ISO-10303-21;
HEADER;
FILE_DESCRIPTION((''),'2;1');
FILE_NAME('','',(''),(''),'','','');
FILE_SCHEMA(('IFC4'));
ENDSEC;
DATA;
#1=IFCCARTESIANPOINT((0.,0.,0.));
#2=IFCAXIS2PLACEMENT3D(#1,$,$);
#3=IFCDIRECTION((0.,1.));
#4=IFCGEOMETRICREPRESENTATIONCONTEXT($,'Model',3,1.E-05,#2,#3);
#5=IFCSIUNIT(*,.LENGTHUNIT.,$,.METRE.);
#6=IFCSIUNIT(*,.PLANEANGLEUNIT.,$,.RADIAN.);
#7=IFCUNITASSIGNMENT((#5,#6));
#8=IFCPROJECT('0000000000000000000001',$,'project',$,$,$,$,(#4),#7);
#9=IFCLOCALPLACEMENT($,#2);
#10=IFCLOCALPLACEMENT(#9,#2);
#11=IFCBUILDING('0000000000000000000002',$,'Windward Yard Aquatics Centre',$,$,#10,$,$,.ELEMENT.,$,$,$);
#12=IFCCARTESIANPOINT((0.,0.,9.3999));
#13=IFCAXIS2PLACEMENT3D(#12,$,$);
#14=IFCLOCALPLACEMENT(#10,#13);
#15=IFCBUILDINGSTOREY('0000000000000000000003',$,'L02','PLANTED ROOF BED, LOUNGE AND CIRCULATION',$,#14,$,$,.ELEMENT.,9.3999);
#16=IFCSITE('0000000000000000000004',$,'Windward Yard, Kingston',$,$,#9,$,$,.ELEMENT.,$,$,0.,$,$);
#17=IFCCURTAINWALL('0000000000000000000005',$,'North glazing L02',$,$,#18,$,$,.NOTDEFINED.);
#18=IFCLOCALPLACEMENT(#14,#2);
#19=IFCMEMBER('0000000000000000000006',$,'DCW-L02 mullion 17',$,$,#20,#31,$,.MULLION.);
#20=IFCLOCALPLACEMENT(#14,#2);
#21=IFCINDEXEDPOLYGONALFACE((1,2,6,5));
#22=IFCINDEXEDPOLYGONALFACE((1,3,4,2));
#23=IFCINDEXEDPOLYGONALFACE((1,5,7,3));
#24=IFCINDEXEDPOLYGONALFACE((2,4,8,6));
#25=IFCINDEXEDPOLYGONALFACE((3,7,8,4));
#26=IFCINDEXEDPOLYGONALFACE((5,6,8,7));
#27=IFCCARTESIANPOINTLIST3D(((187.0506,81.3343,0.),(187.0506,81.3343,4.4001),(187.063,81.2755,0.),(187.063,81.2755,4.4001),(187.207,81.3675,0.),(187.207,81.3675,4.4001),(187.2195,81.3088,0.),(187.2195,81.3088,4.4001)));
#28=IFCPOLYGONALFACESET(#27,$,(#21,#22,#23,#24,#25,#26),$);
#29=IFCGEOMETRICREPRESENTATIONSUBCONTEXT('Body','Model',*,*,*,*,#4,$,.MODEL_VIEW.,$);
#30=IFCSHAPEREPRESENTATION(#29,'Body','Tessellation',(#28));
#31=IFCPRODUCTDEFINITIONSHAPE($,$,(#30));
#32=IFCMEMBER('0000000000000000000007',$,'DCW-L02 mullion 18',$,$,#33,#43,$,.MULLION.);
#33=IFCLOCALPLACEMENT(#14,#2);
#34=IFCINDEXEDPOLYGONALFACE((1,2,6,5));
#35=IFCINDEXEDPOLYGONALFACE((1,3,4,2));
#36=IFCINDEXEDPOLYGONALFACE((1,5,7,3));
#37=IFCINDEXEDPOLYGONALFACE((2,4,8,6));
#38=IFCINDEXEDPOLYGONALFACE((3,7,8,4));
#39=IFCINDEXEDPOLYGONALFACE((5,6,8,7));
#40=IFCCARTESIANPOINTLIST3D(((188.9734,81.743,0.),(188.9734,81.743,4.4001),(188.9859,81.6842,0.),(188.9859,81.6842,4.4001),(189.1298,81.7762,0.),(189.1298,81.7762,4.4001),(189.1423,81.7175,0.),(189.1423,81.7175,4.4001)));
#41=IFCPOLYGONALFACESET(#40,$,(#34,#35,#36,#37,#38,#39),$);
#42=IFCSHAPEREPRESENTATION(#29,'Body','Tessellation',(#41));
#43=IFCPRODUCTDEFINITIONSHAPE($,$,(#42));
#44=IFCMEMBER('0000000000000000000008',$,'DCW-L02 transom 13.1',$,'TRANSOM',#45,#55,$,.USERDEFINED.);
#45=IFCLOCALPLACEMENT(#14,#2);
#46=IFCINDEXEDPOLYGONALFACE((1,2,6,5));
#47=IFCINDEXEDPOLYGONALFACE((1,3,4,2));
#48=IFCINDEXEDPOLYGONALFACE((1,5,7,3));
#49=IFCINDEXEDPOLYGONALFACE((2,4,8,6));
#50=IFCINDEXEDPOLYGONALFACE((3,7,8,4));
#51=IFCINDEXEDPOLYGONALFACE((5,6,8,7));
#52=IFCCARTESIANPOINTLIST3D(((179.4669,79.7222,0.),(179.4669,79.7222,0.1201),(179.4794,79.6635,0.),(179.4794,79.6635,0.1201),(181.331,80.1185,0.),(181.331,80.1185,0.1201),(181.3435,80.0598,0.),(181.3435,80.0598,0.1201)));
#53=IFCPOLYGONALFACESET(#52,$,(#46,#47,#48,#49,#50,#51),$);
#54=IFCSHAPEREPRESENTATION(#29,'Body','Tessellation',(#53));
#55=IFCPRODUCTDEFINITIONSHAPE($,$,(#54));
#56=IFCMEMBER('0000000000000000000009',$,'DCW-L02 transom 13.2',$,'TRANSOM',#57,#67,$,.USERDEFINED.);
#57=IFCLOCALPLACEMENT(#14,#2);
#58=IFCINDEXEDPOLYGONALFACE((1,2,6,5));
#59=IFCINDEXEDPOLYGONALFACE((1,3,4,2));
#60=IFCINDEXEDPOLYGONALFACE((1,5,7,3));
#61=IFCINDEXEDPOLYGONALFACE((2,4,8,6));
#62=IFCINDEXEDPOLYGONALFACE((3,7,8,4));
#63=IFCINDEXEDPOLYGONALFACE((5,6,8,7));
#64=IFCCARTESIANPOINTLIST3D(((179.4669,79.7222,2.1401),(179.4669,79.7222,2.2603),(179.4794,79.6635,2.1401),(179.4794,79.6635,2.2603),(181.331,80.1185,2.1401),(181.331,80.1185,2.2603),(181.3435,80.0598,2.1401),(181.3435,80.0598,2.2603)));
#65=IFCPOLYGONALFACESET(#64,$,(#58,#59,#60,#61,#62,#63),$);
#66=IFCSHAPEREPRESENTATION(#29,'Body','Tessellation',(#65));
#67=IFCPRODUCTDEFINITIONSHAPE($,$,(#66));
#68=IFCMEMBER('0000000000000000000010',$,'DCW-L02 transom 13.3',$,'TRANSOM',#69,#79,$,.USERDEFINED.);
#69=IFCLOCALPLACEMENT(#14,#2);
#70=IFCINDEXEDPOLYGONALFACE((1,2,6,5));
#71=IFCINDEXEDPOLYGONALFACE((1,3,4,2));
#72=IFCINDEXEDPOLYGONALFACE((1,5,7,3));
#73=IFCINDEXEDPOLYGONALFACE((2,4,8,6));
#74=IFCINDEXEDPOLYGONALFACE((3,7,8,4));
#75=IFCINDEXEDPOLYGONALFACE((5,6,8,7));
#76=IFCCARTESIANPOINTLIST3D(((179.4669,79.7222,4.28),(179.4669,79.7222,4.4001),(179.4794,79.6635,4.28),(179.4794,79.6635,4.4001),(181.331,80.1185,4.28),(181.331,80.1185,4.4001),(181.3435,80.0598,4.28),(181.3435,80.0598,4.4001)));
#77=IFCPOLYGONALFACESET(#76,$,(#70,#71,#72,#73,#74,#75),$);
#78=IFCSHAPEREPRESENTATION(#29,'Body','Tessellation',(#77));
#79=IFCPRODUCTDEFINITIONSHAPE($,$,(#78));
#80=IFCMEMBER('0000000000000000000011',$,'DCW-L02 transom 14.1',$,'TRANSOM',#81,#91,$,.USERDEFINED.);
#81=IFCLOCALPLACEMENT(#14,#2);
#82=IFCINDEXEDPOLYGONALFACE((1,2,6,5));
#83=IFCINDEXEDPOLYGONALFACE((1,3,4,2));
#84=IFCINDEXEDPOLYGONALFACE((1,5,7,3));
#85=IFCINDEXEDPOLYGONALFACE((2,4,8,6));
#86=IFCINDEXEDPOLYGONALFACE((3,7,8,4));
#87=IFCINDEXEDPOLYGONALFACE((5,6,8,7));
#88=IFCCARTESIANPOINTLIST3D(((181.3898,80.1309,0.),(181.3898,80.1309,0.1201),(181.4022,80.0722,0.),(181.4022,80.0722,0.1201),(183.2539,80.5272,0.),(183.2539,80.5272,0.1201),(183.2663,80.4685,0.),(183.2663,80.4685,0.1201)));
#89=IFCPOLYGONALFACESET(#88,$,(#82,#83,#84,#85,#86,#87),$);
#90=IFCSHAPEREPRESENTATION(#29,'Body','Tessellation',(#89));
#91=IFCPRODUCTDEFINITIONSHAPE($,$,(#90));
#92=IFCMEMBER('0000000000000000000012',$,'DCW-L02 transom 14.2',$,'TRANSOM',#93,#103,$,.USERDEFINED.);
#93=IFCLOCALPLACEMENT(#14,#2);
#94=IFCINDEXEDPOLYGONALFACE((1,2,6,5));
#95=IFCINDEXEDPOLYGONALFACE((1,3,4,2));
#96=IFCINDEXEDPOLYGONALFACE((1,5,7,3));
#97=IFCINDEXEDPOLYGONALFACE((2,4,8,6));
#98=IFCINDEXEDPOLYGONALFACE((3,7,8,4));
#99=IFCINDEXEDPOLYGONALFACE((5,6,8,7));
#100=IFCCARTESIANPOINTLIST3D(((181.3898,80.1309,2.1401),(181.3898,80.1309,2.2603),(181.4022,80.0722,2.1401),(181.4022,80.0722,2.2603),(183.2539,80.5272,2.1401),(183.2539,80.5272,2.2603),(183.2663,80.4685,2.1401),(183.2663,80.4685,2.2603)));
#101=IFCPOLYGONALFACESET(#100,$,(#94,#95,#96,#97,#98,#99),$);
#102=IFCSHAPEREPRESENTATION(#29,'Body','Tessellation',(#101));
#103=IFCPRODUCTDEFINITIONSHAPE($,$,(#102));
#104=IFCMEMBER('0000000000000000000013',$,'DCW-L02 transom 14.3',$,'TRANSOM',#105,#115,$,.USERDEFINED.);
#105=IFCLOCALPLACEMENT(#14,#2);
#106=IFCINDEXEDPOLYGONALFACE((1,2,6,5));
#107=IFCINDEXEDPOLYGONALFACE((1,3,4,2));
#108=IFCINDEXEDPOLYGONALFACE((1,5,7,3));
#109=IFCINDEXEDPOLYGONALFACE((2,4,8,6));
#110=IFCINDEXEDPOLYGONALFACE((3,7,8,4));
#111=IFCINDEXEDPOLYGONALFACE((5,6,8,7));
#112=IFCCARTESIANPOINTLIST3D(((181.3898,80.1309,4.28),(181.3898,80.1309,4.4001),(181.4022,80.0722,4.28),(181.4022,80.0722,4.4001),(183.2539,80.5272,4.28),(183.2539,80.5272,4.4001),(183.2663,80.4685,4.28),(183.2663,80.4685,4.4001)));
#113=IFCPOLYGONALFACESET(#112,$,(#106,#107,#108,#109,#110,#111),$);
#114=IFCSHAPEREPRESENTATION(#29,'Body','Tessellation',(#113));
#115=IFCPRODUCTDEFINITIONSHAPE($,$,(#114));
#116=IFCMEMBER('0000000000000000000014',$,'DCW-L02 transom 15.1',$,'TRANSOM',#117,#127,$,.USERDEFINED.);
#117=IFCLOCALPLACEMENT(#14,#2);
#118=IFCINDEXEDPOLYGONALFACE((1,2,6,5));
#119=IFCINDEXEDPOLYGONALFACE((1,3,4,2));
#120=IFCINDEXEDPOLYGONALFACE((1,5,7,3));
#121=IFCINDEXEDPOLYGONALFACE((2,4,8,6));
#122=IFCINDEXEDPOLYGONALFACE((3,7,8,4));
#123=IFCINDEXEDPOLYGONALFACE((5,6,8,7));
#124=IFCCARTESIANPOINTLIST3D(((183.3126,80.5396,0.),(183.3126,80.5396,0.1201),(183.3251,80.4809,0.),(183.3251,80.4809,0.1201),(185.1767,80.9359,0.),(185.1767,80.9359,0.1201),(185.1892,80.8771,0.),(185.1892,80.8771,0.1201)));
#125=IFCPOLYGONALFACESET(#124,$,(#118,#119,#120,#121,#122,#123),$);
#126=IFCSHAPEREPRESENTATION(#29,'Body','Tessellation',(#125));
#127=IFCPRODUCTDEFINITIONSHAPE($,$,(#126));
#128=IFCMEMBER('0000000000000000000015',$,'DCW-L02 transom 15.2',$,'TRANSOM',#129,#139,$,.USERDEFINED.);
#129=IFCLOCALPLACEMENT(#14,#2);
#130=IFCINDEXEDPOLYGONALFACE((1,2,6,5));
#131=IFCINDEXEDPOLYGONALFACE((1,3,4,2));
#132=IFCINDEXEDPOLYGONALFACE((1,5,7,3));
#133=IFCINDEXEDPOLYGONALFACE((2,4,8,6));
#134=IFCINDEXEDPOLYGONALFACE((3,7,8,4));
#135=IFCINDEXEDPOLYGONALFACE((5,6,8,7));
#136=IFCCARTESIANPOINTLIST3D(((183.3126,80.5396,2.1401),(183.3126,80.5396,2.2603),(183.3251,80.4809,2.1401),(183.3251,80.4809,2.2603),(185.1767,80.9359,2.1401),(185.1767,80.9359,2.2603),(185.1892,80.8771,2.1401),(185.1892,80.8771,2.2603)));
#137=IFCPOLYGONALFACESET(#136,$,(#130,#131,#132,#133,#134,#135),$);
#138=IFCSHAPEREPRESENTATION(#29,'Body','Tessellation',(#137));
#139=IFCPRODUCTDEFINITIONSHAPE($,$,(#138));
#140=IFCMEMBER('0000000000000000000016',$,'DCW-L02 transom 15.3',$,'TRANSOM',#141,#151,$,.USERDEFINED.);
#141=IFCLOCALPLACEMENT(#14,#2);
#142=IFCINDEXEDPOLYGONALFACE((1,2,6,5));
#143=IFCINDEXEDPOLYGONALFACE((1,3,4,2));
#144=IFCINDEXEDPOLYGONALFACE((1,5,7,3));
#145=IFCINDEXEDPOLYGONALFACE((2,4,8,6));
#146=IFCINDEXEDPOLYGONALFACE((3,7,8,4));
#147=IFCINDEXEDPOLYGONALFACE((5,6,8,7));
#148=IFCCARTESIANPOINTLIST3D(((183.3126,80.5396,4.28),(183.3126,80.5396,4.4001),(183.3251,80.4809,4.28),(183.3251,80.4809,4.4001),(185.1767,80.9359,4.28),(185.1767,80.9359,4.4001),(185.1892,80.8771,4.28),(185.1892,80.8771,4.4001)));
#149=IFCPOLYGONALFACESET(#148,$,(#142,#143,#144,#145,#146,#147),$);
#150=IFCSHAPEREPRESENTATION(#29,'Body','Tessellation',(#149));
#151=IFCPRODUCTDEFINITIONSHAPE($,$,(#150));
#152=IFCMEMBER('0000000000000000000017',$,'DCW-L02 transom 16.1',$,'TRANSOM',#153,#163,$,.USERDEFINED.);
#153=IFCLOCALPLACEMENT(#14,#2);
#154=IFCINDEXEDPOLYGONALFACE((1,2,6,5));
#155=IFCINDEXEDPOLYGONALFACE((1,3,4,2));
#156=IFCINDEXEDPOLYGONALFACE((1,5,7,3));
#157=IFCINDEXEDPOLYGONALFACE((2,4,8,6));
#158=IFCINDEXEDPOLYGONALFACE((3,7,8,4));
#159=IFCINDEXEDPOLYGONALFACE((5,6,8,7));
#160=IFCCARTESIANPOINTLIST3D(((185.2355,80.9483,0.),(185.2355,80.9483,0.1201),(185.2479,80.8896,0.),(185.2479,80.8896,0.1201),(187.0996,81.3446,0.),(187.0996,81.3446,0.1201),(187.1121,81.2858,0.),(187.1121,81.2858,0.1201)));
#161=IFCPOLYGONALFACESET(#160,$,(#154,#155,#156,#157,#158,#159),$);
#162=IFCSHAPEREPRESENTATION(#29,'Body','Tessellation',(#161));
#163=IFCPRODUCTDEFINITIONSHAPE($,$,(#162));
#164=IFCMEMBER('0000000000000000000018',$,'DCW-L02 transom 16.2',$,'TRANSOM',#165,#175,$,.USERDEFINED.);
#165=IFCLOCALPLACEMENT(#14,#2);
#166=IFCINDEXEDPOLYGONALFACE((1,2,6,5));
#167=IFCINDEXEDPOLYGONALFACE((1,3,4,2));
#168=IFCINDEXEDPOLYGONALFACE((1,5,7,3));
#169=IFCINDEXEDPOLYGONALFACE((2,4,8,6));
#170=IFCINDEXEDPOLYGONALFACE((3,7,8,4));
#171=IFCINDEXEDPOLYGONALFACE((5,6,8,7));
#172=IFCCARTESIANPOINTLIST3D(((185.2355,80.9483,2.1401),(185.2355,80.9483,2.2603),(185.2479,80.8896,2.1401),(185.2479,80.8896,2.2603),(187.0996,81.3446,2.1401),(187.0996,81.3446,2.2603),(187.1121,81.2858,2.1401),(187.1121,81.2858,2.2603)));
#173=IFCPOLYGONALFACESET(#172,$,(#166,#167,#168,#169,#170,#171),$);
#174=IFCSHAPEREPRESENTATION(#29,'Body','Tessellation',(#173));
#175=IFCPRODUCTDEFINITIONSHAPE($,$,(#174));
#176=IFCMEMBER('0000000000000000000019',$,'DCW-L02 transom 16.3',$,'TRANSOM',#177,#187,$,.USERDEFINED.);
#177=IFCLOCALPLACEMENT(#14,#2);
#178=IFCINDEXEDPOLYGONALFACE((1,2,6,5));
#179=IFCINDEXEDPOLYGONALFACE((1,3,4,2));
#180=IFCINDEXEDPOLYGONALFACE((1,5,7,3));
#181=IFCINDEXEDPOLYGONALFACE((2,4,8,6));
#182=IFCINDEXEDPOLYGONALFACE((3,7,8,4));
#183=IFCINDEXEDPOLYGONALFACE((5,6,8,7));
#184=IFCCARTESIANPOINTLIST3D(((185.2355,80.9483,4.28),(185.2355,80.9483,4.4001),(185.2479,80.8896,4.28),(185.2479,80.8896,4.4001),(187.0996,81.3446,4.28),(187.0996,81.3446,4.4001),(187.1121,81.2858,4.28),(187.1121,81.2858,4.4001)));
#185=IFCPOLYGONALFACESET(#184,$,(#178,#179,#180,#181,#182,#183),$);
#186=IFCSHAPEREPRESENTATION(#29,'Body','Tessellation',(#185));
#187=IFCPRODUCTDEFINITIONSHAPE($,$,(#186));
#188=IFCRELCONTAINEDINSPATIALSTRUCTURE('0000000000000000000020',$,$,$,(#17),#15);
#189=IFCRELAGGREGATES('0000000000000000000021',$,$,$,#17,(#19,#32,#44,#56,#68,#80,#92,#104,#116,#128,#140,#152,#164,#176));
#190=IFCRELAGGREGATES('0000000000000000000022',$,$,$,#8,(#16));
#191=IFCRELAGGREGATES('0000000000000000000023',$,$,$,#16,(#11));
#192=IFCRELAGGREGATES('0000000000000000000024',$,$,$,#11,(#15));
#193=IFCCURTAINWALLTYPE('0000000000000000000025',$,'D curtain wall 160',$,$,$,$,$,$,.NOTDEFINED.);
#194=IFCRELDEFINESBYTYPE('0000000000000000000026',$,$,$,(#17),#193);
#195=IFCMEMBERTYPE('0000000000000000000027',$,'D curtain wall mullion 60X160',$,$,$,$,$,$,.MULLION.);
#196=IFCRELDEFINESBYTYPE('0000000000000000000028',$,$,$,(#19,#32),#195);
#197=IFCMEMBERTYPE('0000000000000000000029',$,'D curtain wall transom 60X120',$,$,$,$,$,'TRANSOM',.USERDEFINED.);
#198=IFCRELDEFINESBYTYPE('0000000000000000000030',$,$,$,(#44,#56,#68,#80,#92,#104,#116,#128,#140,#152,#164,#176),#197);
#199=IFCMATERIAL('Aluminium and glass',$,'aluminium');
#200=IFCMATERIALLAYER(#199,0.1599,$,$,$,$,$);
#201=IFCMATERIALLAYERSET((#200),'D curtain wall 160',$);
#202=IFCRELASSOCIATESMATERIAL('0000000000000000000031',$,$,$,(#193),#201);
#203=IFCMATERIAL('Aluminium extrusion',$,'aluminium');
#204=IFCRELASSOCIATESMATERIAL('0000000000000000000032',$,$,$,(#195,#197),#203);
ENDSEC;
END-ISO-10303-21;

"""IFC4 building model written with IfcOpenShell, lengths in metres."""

from ifc_helpers import new_model, si_unit, direction, frame, origin, origin_2d, place, context, subcontext, project, spatial, rectangle, extrude, material, layer, layer_set, material_profile, profile_set, type_object, element, aggregate, save


model = new_model("IFC4")

# Units and contexts
model_context = context("Model", 3, precision=1e-05, world=origin(), true_north=direction((0.0, 1.0)))
body_context = subcontext(model_context, "Body", "Model", "MODEL_VIEW")
ifc_project = project(units=[si_unit("LENGTHUNIT", "METRE"), si_unit("PLANEANGLEUNIT", "RADIAN")], contexts=[model_context])

# Site, building, storey
site_placement = place(None, origin())
site = spatial("IfcSite", under=ifc_project, at=site_placement, Name="Windward Yard, Kingston", CompositionType="ELEMENT", RefElevation=0.0)
building_placement = place(site_placement, origin())
building = spatial("IfcBuilding", under=site, at=building_placement, Name="Windward Yard Aquatics Centre", CompositionType="ELEMENT")
storey_placement = place(building_placement, frame((0.0, 0.0, 9.3999)))
storey = spatial("IfcBuildingStorey", under=building, at=storey_placement, Name="L02", Description="PLANTED ROOF BED, LOUNGE AND CIRCULATION", CompositionType="ELEMENT", Elevation=9.3999)

# Curtain wall, members
ifc_material_1 = material(Name="Aluminium and glass", Category="aluminium")
ifc_layer_1 = layer(ifc_material_1, 0.1599)
ifc_layer_set_1 = layer_set([ifc_layer_1], Name="D curtain wall 160")
curtain_wall_type = type_object("IfcCurtainWallType", Name="D curtain wall 160", PredefinedType="NOTDEFINED", material=ifc_layer_set_1)
curtain_wall_placement = place(storey_placement, origin())
curtain_wall = element("IfcCurtainWall", 1, at=curtain_wall_placement, inside=storey, type_object=curtain_wall_type, Name="North glazing L02", PredefinedType="NOTDEFINED")
ifc_material_2 = material(Name="Aluminium extrusion", Category="aluminium")
ifc_material_profile_1 = material_profile(ifc_material_2, rectangle(XDim=0.0601, YDim=0.1599, at=origin_2d()), Name="MULLION 60X160")
ifc_profile_set_1 = profile_set([ifc_material_profile_1], Name="Aluminium extrusion")
member_type_1 = type_object("IfcMemberType", Name="D curtain wall mullion 60X160", PredefinedType="MULLION", material=ifc_profile_set_1)
member_1_placement = place(storey_placement, frame((187.135, 81.3215, 0.0), z_axis=(0.0, 0.0, 1.0), x_axis=(-0.207912, 0.978148, 0.0)))
member_1 = element("IfcMember", 2, at=member_1_placement, type_object=member_type_1, Name="DCW-L02 mullion 17", PredefinedType="MULLION", context=body_context, shape_type="SweptSolid", body=[
    extrude(rectangle(XDim=0.0601, YDim=0.1599, at=origin_2d()), origin(), (0.0, 0.0, 1.0), 4.4001),
])
member_2_placement = place(storey_placement, frame((189.0579, 81.7302, 0.0), z_axis=(0.0, 0.0, 1.0), x_axis=(-0.207912, 0.978148, 0.0)))
member_2 = element("IfcMember", 3, at=member_2_placement, type_object=member_type_1, Name="DCW-L02 mullion 18", PredefinedType="MULLION", context=body_context, shape_type="SweptSolid", body=[
    extrude(rectangle(XDim=0.0601, YDim=0.1599, at=origin_2d()), origin(), (0.0, 0.0, 1.0), 4.4001),
])
ifc_material_profile_2 = material_profile(ifc_material_2, rectangle(XDim=0.0601, YDim=0.1201, at=origin_2d()), Name="TRANSOM 60X120")
ifc_profile_set_2 = profile_set([ifc_material_profile_2], Name="Aluminium extrusion")
member_type_2 = type_object("IfcMemberType", Name="D curtain wall transom 60X120", ElementType="TRANSOM", PredefinedType="USERDEFINED", material=ifc_profile_set_2)
member_3_placement = place(storey_placement, frame((179.4731, 79.6929, 0.0601), z_axis=(0.978144, 0.207928, 0.0), x_axis=(-0.207928, 0.978144, 0.0)))
member_3 = element("IfcMember", 4, at=member_3_placement, type_object=member_type_2, Name="DCW-L02 transom 13.1", ObjectType="TRANSOM", PredefinedType="USERDEFINED", context=body_context, shape_type="SweptSolid", body=[
    extrude(rectangle(XDim=0.0601, YDim=0.1201, at=origin_2d()), origin(), (0.0, 0.0, 1.0), 1.9058),
])
member_4_placement = place(storey_placement, frame((179.4731, 79.6929, 2.2002), z_axis=(0.978144, 0.207928, 0.0), x_axis=(-0.207928, 0.978144, 0.0)))
member_4 = element("IfcMember", 5, at=member_4_placement, type_object=member_type_2, Name="DCW-L02 transom 13.2", ObjectType="TRANSOM", PredefinedType="USERDEFINED", context=body_context, shape_type="SweptSolid", body=[
    extrude(rectangle(XDim=0.0601, YDim=0.1201, at=origin_2d()), origin(), (0.0, 0.0, 1.0), 1.9058),
])
member_5_placement = place(storey_placement, frame((179.4731, 79.6929, 4.3401), z_axis=(0.978144, 0.207928, 0.0), x_axis=(-0.207928, 0.978144, 0.0)))
member_5 = element("IfcMember", 6, at=member_5_placement, type_object=member_type_2, Name="DCW-L02 transom 13.3", ObjectType="TRANSOM", PredefinedType="USERDEFINED", context=body_context, shape_type="SweptSolid", body=[
    extrude(rectangle(XDim=0.0601, YDim=0.1201, at=origin_2d()), origin(), (0.0, 0.0, 1.0), 1.9058),
])
member_6_placement = place(storey_placement, frame((181.396, 80.1016, 0.0601), z_axis=(0.978144, 0.207928, 0.0), x_axis=(-0.207928, 0.978144, 0.0)))
member_6 = element("IfcMember", 7, at=member_6_placement, type_object=member_type_2, Name="DCW-L02 transom 14.1", ObjectType="TRANSOM", PredefinedType="USERDEFINED", context=body_context, shape_type="SweptSolid", body=[
    extrude(rectangle(XDim=0.0601, YDim=0.1201, at=origin_2d()), origin(), (0.0, 0.0, 1.0), 1.9058),
])
member_7_placement = place(storey_placement, frame((181.396, 80.1016, 2.2002), z_axis=(0.978144, 0.207928, 0.0), x_axis=(-0.207928, 0.978144, 0.0)))
member_7 = element("IfcMember", 8, at=member_7_placement, type_object=member_type_2, Name="DCW-L02 transom 14.2", ObjectType="TRANSOM", PredefinedType="USERDEFINED", context=body_context, shape_type="SweptSolid", body=[
    extrude(rectangle(XDim=0.0601, YDim=0.1201, at=origin_2d()), origin(), (0.0, 0.0, 1.0), 1.9058),
])
member_8_placement = place(storey_placement, frame((181.396, 80.1016, 4.3401), z_axis=(0.978144, 0.207928, 0.0), x_axis=(-0.207928, 0.978144, 0.0)))
member_8 = element("IfcMember", 9, at=member_8_placement, type_object=member_type_2, Name="DCW-L02 transom 14.3", ObjectType="TRANSOM", PredefinedType="USERDEFINED", context=body_context, shape_type="SweptSolid", body=[
    extrude(rectangle(XDim=0.0601, YDim=0.1201, at=origin_2d()), origin(), (0.0, 0.0, 1.0), 1.9058),
])
member_9_placement = place(storey_placement, frame((183.3188, 80.5103, 0.0601), z_axis=(0.978144, 0.207928, 0.0), x_axis=(-0.207928, 0.978144, 0.0)))
member_9 = element("IfcMember", 10, at=member_9_placement, type_object=member_type_2, Name="DCW-L02 transom 15.1", ObjectType="TRANSOM", PredefinedType="USERDEFINED", context=body_context, shape_type="SweptSolid", body=[
    extrude(rectangle(XDim=0.0601, YDim=0.1201, at=origin_2d()), origin(), (0.0, 0.0, 1.0), 1.9058),
])
member_10_placement = place(storey_placement, frame((183.3188, 80.5103, 2.2002), z_axis=(0.978144, 0.207928, 0.0), x_axis=(-0.207928, 0.978144, 0.0)))
member_10 = element("IfcMember", 11, at=member_10_placement, type_object=member_type_2, Name="DCW-L02 transom 15.2", ObjectType="TRANSOM", PredefinedType="USERDEFINED", context=body_context, shape_type="SweptSolid", body=[
    extrude(rectangle(XDim=0.0601, YDim=0.1201, at=origin_2d()), origin(), (0.0, 0.0, 1.0), 1.9058),
])
member_11_placement = place(storey_placement, frame((183.3188, 80.5103, 4.3401), z_axis=(0.978144, 0.207928, 0.0), x_axis=(-0.207928, 0.978144, 0.0)))
member_11 = element("IfcMember", 12, at=member_11_placement, type_object=member_type_2, Name="DCW-L02 transom 15.3", ObjectType="TRANSOM", PredefinedType="USERDEFINED", context=body_context, shape_type="SweptSolid", body=[
    extrude(rectangle(XDim=0.0601, YDim=0.1201, at=origin_2d()), origin(), (0.0, 0.0, 1.0), 1.9058),
])
member_12_placement = place(storey_placement, frame((185.2417, 80.9189, 0.0601), z_axis=(0.978144, 0.207928, 0.0), x_axis=(-0.207928, 0.978144, 0.0)))
member_12 = element("IfcMember", 13, at=member_12_placement, type_object=member_type_2, Name="DCW-L02 transom 16.1", ObjectType="TRANSOM", PredefinedType="USERDEFINED", context=body_context, shape_type="SweptSolid", body=[
    extrude(rectangle(XDim=0.0601, YDim=0.1201, at=origin_2d()), origin(), (0.0, 0.0, 1.0), 1.9058),
])
member_13_placement = place(storey_placement, frame((185.2417, 80.9189, 2.2002), z_axis=(0.978144, 0.207928, 0.0), x_axis=(-0.207928, 0.978144, 0.0)))
member_13 = element("IfcMember", 14, at=member_13_placement, type_object=member_type_2, Name="DCW-L02 transom 16.2", ObjectType="TRANSOM", PredefinedType="USERDEFINED", context=body_context, shape_type="SweptSolid", body=[
    extrude(rectangle(XDim=0.0601, YDim=0.1201, at=origin_2d()), origin(), (0.0, 0.0, 1.0), 1.9058),
])
member_14_placement = place(storey_placement, frame((185.2417, 80.9189, 4.3401), z_axis=(0.978144, 0.207928, 0.0), x_axis=(-0.207928, 0.978144, 0.0)))
member_14 = element("IfcMember", 15, at=member_14_placement, type_object=member_type_2, Name="DCW-L02 transom 16.3", ObjectType="TRANSOM", PredefinedType="USERDEFINED", context=body_context, shape_type="SweptSolid", body=[
    extrude(rectangle(XDim=0.0601, YDim=0.1201, at=origin_2d()), origin(), (0.0, 0.0, 1.0), 1.9058),
])
aggregate(curtain_wall, [member_1, member_2, member_3, member_4, member_5, member_6, member_7, member_8, member_9, member_10, member_11, member_12, member_13, member_14])

save(model, "model.ifc")
